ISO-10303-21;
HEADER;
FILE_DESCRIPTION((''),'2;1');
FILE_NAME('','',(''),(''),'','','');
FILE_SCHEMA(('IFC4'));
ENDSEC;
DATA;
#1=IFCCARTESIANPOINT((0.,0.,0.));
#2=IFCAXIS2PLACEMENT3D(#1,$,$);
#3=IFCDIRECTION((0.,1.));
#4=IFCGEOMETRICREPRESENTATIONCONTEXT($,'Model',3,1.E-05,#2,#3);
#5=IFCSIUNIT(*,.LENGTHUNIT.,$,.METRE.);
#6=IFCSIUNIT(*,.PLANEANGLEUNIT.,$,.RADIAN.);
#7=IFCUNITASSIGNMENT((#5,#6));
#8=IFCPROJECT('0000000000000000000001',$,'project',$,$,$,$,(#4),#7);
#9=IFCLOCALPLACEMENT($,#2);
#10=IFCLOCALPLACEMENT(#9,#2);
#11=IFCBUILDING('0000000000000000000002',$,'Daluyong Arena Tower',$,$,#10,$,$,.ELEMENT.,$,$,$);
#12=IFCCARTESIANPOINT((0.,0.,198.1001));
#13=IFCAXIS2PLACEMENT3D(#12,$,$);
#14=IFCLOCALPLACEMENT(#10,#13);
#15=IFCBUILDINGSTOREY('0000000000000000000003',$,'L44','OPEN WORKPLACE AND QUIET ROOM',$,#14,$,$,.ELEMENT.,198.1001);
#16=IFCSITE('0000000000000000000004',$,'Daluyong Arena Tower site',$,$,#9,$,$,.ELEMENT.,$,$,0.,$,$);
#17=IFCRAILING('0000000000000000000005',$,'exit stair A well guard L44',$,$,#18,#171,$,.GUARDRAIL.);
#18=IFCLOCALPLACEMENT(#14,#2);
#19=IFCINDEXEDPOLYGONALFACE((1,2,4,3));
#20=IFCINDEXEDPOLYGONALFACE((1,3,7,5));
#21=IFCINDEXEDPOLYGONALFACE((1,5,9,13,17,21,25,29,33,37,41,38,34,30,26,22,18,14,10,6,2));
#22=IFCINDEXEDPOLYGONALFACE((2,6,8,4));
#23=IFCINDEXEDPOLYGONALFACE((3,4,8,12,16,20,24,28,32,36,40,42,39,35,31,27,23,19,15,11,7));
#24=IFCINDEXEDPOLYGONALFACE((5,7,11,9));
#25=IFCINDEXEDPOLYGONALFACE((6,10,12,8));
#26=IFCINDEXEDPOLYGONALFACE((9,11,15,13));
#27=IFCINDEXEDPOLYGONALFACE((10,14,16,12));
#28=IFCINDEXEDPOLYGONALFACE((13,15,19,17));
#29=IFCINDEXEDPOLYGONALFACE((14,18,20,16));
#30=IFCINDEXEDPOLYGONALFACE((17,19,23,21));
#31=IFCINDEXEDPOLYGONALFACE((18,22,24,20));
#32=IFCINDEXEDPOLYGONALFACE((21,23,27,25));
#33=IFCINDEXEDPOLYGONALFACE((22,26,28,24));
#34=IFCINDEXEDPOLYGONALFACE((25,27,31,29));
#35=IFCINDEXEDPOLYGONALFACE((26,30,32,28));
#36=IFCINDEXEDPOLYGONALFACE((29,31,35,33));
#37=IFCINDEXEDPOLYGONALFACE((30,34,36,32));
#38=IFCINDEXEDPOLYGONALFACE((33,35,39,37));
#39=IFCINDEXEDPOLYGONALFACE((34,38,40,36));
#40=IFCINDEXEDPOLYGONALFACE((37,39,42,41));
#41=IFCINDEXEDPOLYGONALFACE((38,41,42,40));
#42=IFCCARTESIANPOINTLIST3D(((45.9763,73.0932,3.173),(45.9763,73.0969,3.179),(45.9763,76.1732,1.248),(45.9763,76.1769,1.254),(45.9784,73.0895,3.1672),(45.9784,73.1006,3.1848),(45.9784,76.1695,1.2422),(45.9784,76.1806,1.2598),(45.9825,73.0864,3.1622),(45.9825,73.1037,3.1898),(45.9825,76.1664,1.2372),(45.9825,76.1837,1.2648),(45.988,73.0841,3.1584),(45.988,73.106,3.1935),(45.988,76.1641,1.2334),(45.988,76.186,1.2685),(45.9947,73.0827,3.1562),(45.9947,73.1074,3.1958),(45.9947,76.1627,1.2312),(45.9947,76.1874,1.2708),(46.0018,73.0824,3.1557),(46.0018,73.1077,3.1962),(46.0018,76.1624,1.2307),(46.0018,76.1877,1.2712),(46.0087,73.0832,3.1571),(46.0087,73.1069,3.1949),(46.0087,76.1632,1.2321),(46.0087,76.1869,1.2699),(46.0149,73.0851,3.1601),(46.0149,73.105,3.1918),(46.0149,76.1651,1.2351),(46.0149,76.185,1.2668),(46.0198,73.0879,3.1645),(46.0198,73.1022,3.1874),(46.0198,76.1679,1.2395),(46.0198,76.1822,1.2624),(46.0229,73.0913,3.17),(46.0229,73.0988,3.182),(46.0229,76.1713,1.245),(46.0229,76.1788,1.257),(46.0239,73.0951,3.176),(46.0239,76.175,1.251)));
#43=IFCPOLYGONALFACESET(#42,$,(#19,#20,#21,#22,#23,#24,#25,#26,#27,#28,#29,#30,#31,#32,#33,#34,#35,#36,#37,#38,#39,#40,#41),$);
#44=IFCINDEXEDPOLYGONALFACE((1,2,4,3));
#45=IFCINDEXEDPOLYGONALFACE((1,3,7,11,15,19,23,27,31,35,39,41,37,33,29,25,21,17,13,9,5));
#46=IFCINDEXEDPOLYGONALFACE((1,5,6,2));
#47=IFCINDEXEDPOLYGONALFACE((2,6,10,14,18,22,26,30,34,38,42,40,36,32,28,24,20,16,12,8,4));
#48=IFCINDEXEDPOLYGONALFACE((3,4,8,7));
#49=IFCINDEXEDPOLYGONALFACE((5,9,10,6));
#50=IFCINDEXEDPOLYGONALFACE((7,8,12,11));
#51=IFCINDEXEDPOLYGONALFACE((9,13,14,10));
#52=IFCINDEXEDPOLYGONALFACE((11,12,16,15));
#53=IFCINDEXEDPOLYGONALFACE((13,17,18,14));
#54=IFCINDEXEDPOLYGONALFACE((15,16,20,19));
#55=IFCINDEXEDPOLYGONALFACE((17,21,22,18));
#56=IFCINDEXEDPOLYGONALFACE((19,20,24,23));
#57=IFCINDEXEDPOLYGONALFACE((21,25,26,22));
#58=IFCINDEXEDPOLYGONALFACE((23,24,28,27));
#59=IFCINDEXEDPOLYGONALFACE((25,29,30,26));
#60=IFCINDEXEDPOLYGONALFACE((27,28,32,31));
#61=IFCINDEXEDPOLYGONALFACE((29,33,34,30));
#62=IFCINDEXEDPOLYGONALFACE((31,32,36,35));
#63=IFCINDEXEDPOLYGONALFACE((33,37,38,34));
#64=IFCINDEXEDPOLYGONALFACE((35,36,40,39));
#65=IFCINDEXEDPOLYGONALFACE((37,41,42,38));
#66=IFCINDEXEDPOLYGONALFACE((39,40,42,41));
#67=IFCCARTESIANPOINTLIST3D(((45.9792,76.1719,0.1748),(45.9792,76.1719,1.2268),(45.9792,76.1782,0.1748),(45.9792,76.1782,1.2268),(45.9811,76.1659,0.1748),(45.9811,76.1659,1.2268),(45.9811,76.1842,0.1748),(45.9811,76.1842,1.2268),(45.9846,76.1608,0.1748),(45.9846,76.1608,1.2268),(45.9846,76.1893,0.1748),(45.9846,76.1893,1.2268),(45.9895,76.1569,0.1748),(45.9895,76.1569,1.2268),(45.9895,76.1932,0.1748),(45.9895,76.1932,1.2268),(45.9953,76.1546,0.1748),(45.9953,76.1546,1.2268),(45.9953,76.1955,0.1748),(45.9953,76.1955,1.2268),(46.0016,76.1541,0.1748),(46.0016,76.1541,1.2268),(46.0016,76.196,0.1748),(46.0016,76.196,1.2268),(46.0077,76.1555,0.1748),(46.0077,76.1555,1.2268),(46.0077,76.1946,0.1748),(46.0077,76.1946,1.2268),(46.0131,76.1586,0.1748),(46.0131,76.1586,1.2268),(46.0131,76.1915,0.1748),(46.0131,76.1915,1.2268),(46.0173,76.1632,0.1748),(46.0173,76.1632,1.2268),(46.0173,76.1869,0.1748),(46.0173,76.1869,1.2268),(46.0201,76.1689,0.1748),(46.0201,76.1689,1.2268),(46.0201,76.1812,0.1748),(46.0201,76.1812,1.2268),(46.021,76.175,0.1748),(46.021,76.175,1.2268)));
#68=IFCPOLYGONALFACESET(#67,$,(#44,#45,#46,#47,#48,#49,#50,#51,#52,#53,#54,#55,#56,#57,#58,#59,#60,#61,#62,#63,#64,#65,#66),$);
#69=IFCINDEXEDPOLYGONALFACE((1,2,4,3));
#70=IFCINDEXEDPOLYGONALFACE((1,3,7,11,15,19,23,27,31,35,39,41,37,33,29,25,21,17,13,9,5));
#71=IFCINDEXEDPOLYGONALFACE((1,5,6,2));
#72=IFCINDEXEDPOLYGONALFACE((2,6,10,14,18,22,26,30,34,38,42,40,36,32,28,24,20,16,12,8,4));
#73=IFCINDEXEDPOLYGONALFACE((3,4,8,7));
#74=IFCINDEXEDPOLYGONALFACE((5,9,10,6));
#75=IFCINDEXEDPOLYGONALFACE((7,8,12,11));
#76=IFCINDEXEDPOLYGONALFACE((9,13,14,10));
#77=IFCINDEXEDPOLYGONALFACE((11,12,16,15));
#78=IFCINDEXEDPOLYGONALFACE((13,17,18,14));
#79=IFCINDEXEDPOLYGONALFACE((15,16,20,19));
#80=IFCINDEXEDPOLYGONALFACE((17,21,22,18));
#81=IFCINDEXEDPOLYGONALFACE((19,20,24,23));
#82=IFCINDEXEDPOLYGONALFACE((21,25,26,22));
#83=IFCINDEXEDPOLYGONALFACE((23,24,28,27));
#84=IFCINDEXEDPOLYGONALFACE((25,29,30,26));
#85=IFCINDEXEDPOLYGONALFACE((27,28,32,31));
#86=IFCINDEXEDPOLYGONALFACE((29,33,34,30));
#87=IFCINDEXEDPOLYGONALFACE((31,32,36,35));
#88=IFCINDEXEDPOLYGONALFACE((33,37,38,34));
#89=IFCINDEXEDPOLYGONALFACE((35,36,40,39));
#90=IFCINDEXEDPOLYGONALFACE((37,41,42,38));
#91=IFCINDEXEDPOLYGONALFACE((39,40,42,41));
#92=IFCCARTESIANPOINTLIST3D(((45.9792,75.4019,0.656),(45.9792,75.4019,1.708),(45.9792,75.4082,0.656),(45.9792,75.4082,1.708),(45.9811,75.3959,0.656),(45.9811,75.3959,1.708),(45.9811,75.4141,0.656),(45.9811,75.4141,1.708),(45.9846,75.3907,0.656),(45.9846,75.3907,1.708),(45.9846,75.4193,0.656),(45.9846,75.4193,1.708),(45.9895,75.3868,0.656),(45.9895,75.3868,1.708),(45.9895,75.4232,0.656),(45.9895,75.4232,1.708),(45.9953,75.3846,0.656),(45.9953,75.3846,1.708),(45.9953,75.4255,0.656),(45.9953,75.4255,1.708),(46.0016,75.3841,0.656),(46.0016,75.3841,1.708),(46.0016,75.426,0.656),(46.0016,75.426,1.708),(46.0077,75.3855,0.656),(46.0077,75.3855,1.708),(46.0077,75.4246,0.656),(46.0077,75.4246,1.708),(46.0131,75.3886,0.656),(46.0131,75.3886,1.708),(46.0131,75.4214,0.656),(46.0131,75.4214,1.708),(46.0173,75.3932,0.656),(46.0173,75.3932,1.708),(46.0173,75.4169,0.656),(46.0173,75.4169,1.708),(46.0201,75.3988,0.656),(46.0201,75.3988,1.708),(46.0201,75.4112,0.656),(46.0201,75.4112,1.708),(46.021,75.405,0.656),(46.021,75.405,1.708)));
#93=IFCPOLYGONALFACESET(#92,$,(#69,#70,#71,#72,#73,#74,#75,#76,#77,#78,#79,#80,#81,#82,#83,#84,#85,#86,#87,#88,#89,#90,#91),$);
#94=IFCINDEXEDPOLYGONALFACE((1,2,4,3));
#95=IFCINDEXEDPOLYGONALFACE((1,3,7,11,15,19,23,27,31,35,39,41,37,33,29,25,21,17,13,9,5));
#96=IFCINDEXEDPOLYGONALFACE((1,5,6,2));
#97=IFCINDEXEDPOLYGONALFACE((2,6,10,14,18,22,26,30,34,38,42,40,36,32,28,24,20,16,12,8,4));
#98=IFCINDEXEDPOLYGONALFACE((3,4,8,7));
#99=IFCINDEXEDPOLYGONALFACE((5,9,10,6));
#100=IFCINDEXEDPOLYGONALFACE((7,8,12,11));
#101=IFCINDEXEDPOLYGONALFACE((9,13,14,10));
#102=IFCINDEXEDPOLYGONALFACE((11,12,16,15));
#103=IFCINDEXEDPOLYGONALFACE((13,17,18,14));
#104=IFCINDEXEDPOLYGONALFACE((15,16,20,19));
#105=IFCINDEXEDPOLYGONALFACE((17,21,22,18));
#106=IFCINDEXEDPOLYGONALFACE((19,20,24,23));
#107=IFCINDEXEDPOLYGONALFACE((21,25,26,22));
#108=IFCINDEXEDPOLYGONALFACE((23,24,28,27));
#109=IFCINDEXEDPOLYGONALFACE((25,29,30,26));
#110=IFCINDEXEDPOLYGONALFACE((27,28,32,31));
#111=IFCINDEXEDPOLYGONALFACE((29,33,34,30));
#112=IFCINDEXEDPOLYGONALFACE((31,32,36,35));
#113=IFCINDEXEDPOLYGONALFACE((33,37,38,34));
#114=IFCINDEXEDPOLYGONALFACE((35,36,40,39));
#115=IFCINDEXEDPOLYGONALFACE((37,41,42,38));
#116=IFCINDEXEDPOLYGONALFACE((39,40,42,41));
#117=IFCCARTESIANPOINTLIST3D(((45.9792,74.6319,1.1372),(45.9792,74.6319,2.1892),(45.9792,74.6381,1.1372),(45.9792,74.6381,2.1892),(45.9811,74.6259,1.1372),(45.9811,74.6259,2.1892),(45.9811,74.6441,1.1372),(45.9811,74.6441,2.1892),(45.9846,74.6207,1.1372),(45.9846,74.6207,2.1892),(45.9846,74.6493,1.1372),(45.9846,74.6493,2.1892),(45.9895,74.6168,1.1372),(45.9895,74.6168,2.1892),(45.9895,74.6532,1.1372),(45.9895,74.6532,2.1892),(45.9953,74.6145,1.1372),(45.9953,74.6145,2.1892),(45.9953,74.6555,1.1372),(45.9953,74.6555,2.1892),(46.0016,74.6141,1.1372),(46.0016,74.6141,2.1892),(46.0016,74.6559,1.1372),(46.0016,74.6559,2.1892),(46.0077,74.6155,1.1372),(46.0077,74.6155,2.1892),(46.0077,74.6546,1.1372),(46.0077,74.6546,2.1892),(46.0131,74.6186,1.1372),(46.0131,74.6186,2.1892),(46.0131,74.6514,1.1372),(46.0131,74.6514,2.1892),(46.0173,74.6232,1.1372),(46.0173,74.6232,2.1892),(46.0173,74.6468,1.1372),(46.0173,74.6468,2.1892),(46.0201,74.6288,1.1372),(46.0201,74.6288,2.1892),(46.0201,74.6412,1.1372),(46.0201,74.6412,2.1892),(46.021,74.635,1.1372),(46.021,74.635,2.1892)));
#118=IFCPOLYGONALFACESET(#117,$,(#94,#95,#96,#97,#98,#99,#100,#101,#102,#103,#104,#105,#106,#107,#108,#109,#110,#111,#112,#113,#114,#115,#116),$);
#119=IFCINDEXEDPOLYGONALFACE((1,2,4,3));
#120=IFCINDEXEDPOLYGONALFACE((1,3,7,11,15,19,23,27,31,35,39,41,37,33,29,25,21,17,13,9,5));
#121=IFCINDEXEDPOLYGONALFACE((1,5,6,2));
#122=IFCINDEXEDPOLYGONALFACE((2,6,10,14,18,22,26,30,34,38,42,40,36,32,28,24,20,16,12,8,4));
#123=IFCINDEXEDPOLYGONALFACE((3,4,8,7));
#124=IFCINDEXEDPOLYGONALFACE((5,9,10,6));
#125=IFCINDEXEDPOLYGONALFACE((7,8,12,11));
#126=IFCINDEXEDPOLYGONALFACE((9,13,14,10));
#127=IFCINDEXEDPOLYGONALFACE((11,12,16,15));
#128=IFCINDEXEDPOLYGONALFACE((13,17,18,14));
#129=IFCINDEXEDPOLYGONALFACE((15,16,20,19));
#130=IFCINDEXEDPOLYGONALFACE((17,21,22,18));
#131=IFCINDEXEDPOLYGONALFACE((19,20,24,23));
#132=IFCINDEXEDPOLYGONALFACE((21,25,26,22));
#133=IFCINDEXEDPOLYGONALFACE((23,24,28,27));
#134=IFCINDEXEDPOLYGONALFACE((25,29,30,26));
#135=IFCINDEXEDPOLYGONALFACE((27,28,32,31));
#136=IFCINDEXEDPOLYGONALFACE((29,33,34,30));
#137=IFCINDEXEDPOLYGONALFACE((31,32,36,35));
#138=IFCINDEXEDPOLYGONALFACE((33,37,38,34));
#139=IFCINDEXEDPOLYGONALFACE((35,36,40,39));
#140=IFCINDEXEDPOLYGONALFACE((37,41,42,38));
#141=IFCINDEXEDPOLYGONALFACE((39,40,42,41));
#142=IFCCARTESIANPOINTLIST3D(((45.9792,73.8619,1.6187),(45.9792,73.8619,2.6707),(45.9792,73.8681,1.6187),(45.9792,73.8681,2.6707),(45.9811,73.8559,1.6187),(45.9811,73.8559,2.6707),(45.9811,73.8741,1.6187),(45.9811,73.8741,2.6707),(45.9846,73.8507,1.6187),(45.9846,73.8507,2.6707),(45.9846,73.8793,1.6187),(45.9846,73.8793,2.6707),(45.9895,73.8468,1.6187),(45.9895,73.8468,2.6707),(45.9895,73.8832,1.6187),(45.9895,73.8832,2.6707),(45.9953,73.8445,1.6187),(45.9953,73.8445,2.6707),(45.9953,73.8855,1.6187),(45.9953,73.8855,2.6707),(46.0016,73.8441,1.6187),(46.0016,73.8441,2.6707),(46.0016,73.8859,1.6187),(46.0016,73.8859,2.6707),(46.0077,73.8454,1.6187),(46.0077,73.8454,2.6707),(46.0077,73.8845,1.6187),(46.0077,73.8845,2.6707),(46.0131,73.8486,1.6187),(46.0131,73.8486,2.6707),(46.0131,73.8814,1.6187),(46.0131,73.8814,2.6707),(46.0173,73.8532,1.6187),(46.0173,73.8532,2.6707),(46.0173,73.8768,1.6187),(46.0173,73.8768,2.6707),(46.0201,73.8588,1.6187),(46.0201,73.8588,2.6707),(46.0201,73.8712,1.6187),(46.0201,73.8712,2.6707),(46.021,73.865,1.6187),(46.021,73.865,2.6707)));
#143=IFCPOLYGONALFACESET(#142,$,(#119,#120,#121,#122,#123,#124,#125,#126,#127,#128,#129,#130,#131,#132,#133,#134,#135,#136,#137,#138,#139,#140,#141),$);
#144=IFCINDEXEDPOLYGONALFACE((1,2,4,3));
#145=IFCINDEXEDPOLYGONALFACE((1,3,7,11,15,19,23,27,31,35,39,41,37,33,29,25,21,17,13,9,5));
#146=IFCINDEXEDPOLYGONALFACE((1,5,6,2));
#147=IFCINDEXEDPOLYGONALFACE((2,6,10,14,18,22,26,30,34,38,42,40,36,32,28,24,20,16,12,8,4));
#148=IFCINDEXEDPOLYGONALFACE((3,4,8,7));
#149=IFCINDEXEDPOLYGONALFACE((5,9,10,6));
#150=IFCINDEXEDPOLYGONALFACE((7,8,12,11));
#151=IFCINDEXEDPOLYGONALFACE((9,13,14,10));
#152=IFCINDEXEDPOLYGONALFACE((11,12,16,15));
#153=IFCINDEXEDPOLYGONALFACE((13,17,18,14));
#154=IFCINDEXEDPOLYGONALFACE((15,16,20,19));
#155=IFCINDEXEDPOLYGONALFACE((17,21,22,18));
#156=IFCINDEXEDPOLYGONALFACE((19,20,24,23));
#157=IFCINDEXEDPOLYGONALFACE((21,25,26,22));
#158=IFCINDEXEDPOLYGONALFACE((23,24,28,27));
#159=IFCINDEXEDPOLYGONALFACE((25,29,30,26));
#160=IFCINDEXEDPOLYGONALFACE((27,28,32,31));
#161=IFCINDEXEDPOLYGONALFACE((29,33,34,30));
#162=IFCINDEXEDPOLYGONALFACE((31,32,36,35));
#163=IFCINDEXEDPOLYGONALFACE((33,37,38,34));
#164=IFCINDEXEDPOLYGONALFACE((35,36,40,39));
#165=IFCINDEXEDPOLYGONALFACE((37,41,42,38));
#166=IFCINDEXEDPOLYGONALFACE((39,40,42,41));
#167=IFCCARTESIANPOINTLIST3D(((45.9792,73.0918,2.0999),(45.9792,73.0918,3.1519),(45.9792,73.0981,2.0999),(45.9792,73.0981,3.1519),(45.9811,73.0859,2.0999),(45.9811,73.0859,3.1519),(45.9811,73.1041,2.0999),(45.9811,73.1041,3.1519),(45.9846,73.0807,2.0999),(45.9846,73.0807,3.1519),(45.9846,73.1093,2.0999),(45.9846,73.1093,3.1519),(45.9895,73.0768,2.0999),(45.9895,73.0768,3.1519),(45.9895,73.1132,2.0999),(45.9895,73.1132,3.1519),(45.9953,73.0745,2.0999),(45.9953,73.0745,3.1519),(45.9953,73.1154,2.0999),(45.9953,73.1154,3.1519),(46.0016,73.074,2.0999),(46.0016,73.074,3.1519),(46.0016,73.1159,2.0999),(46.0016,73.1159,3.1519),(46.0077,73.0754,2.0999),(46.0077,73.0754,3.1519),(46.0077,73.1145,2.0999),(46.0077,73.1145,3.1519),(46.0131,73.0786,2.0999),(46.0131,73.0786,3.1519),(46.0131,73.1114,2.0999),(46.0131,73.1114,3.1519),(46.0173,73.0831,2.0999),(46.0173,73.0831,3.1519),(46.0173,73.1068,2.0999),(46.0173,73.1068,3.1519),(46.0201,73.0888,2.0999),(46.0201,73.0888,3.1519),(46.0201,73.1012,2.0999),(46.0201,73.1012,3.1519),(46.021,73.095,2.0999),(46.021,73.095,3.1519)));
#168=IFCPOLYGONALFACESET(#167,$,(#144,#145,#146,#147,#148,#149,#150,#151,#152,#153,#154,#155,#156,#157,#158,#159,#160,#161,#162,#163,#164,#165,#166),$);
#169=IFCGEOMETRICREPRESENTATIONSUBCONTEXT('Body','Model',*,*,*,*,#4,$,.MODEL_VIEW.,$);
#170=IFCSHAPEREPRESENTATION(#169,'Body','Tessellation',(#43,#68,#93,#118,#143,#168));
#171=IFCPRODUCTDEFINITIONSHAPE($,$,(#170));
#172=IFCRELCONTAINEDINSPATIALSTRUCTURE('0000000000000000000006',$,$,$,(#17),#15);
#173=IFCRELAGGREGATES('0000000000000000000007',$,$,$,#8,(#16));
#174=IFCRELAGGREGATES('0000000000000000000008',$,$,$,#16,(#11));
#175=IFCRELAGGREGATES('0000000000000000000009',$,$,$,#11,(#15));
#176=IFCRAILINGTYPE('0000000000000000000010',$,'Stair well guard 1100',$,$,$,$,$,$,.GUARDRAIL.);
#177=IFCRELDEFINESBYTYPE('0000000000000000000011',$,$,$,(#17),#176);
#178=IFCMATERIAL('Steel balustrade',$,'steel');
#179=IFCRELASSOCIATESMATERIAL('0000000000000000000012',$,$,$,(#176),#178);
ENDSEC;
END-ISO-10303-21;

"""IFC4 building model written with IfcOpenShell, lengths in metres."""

from ifc_helpers import new_model, si_unit, direction, frame, origin, origin_2d, place, context, subcontext, project, spatial, circle, extrude, material, type_object, element, save


model = new_model("IFC4")

# Units and contexts
model_context = context("Model", 3, precision=1e-05, world=origin(), true_north=direction((0.0, 1.0)))
body_context = subcontext(model_context, "Body", "Model", "MODEL_VIEW")
ifc_project = project(units=[si_unit("LENGTHUNIT", "METRE"), si_unit("PLANEANGLEUNIT", "RADIAN")], contexts=[model_context])

# Site, building, storey
site_placement = place(None, origin())
site = spatial("IfcSite", under=ifc_project, at=site_placement, Name="Daluyong Arena Tower site", CompositionType="ELEMENT", RefElevation=0.0)
building_placement = place(site_placement, origin())
building = spatial("IfcBuilding", under=site, at=building_placement, Name="Daluyong Arena Tower", CompositionType="ELEMENT")
storey_placement = place(building_placement, frame((0.0, 0.0, 198.1001)))
storey = spatial("IfcBuildingStorey", under=building, at=storey_placement, Name="L44", Description="OPEN WORKPLACE AND QUIET ROOM", CompositionType="ELEMENT", Elevation=198.1001)

# Railing
ifc_material_1 = material(Name="Steel balustrade", Category="steel")
railing_type_1 = type_object("IfcRailingType", Name="Stair well guard 1100", PredefinedType="GUARDRAIL", material=ifc_material_1)
railing_1_placement = place(storey_placement, frame((46.0, 76.175, 0.1748)))
element("IfcRailing", 1, at=railing_1_placement, inside=storey, type_object=railing_type_1, Name="exit stair A well guard L44", PredefinedType="GUARDRAIL", context=body_context, shape_type="SweptSolid", body=[
    extrude(circle(Radius=0.0239, at=origin_2d()), frame((0.0, 0.0, 1.0762), z_axis=(0.0, -0.847998, 0.529999), x_axis=(1.0, 0.0, 0.0)), (0.0, 0.0, 1.0), 3.6321),
    extrude(circle(Radius=0.021, at=origin_2d()), origin(), (0.0, 0.0, 1.0), 1.052),
    extrude(circle(Radius=0.021, at=origin_2d()), frame((0.0, -0.77, 0.4812)), (0.0, 0.0, 1.0), 1.052),
    extrude(circle(Radius=0.021, at=origin_2d()), frame((0.0, -1.54, 0.9624)), (0.0, 0.0, 1.0), 1.052),
    extrude(circle(Radius=0.021, at=origin_2d()), frame((0.0, -2.3101, 1.4438)), (0.0, 0.0, 1.0), 1.052),
    extrude(circle(Radius=0.021, at=origin_2d()), frame((0.0, -3.0801, 1.925)), (0.0, 0.0, 1.0), 1.052),
])

save(model, "model.ifc")
